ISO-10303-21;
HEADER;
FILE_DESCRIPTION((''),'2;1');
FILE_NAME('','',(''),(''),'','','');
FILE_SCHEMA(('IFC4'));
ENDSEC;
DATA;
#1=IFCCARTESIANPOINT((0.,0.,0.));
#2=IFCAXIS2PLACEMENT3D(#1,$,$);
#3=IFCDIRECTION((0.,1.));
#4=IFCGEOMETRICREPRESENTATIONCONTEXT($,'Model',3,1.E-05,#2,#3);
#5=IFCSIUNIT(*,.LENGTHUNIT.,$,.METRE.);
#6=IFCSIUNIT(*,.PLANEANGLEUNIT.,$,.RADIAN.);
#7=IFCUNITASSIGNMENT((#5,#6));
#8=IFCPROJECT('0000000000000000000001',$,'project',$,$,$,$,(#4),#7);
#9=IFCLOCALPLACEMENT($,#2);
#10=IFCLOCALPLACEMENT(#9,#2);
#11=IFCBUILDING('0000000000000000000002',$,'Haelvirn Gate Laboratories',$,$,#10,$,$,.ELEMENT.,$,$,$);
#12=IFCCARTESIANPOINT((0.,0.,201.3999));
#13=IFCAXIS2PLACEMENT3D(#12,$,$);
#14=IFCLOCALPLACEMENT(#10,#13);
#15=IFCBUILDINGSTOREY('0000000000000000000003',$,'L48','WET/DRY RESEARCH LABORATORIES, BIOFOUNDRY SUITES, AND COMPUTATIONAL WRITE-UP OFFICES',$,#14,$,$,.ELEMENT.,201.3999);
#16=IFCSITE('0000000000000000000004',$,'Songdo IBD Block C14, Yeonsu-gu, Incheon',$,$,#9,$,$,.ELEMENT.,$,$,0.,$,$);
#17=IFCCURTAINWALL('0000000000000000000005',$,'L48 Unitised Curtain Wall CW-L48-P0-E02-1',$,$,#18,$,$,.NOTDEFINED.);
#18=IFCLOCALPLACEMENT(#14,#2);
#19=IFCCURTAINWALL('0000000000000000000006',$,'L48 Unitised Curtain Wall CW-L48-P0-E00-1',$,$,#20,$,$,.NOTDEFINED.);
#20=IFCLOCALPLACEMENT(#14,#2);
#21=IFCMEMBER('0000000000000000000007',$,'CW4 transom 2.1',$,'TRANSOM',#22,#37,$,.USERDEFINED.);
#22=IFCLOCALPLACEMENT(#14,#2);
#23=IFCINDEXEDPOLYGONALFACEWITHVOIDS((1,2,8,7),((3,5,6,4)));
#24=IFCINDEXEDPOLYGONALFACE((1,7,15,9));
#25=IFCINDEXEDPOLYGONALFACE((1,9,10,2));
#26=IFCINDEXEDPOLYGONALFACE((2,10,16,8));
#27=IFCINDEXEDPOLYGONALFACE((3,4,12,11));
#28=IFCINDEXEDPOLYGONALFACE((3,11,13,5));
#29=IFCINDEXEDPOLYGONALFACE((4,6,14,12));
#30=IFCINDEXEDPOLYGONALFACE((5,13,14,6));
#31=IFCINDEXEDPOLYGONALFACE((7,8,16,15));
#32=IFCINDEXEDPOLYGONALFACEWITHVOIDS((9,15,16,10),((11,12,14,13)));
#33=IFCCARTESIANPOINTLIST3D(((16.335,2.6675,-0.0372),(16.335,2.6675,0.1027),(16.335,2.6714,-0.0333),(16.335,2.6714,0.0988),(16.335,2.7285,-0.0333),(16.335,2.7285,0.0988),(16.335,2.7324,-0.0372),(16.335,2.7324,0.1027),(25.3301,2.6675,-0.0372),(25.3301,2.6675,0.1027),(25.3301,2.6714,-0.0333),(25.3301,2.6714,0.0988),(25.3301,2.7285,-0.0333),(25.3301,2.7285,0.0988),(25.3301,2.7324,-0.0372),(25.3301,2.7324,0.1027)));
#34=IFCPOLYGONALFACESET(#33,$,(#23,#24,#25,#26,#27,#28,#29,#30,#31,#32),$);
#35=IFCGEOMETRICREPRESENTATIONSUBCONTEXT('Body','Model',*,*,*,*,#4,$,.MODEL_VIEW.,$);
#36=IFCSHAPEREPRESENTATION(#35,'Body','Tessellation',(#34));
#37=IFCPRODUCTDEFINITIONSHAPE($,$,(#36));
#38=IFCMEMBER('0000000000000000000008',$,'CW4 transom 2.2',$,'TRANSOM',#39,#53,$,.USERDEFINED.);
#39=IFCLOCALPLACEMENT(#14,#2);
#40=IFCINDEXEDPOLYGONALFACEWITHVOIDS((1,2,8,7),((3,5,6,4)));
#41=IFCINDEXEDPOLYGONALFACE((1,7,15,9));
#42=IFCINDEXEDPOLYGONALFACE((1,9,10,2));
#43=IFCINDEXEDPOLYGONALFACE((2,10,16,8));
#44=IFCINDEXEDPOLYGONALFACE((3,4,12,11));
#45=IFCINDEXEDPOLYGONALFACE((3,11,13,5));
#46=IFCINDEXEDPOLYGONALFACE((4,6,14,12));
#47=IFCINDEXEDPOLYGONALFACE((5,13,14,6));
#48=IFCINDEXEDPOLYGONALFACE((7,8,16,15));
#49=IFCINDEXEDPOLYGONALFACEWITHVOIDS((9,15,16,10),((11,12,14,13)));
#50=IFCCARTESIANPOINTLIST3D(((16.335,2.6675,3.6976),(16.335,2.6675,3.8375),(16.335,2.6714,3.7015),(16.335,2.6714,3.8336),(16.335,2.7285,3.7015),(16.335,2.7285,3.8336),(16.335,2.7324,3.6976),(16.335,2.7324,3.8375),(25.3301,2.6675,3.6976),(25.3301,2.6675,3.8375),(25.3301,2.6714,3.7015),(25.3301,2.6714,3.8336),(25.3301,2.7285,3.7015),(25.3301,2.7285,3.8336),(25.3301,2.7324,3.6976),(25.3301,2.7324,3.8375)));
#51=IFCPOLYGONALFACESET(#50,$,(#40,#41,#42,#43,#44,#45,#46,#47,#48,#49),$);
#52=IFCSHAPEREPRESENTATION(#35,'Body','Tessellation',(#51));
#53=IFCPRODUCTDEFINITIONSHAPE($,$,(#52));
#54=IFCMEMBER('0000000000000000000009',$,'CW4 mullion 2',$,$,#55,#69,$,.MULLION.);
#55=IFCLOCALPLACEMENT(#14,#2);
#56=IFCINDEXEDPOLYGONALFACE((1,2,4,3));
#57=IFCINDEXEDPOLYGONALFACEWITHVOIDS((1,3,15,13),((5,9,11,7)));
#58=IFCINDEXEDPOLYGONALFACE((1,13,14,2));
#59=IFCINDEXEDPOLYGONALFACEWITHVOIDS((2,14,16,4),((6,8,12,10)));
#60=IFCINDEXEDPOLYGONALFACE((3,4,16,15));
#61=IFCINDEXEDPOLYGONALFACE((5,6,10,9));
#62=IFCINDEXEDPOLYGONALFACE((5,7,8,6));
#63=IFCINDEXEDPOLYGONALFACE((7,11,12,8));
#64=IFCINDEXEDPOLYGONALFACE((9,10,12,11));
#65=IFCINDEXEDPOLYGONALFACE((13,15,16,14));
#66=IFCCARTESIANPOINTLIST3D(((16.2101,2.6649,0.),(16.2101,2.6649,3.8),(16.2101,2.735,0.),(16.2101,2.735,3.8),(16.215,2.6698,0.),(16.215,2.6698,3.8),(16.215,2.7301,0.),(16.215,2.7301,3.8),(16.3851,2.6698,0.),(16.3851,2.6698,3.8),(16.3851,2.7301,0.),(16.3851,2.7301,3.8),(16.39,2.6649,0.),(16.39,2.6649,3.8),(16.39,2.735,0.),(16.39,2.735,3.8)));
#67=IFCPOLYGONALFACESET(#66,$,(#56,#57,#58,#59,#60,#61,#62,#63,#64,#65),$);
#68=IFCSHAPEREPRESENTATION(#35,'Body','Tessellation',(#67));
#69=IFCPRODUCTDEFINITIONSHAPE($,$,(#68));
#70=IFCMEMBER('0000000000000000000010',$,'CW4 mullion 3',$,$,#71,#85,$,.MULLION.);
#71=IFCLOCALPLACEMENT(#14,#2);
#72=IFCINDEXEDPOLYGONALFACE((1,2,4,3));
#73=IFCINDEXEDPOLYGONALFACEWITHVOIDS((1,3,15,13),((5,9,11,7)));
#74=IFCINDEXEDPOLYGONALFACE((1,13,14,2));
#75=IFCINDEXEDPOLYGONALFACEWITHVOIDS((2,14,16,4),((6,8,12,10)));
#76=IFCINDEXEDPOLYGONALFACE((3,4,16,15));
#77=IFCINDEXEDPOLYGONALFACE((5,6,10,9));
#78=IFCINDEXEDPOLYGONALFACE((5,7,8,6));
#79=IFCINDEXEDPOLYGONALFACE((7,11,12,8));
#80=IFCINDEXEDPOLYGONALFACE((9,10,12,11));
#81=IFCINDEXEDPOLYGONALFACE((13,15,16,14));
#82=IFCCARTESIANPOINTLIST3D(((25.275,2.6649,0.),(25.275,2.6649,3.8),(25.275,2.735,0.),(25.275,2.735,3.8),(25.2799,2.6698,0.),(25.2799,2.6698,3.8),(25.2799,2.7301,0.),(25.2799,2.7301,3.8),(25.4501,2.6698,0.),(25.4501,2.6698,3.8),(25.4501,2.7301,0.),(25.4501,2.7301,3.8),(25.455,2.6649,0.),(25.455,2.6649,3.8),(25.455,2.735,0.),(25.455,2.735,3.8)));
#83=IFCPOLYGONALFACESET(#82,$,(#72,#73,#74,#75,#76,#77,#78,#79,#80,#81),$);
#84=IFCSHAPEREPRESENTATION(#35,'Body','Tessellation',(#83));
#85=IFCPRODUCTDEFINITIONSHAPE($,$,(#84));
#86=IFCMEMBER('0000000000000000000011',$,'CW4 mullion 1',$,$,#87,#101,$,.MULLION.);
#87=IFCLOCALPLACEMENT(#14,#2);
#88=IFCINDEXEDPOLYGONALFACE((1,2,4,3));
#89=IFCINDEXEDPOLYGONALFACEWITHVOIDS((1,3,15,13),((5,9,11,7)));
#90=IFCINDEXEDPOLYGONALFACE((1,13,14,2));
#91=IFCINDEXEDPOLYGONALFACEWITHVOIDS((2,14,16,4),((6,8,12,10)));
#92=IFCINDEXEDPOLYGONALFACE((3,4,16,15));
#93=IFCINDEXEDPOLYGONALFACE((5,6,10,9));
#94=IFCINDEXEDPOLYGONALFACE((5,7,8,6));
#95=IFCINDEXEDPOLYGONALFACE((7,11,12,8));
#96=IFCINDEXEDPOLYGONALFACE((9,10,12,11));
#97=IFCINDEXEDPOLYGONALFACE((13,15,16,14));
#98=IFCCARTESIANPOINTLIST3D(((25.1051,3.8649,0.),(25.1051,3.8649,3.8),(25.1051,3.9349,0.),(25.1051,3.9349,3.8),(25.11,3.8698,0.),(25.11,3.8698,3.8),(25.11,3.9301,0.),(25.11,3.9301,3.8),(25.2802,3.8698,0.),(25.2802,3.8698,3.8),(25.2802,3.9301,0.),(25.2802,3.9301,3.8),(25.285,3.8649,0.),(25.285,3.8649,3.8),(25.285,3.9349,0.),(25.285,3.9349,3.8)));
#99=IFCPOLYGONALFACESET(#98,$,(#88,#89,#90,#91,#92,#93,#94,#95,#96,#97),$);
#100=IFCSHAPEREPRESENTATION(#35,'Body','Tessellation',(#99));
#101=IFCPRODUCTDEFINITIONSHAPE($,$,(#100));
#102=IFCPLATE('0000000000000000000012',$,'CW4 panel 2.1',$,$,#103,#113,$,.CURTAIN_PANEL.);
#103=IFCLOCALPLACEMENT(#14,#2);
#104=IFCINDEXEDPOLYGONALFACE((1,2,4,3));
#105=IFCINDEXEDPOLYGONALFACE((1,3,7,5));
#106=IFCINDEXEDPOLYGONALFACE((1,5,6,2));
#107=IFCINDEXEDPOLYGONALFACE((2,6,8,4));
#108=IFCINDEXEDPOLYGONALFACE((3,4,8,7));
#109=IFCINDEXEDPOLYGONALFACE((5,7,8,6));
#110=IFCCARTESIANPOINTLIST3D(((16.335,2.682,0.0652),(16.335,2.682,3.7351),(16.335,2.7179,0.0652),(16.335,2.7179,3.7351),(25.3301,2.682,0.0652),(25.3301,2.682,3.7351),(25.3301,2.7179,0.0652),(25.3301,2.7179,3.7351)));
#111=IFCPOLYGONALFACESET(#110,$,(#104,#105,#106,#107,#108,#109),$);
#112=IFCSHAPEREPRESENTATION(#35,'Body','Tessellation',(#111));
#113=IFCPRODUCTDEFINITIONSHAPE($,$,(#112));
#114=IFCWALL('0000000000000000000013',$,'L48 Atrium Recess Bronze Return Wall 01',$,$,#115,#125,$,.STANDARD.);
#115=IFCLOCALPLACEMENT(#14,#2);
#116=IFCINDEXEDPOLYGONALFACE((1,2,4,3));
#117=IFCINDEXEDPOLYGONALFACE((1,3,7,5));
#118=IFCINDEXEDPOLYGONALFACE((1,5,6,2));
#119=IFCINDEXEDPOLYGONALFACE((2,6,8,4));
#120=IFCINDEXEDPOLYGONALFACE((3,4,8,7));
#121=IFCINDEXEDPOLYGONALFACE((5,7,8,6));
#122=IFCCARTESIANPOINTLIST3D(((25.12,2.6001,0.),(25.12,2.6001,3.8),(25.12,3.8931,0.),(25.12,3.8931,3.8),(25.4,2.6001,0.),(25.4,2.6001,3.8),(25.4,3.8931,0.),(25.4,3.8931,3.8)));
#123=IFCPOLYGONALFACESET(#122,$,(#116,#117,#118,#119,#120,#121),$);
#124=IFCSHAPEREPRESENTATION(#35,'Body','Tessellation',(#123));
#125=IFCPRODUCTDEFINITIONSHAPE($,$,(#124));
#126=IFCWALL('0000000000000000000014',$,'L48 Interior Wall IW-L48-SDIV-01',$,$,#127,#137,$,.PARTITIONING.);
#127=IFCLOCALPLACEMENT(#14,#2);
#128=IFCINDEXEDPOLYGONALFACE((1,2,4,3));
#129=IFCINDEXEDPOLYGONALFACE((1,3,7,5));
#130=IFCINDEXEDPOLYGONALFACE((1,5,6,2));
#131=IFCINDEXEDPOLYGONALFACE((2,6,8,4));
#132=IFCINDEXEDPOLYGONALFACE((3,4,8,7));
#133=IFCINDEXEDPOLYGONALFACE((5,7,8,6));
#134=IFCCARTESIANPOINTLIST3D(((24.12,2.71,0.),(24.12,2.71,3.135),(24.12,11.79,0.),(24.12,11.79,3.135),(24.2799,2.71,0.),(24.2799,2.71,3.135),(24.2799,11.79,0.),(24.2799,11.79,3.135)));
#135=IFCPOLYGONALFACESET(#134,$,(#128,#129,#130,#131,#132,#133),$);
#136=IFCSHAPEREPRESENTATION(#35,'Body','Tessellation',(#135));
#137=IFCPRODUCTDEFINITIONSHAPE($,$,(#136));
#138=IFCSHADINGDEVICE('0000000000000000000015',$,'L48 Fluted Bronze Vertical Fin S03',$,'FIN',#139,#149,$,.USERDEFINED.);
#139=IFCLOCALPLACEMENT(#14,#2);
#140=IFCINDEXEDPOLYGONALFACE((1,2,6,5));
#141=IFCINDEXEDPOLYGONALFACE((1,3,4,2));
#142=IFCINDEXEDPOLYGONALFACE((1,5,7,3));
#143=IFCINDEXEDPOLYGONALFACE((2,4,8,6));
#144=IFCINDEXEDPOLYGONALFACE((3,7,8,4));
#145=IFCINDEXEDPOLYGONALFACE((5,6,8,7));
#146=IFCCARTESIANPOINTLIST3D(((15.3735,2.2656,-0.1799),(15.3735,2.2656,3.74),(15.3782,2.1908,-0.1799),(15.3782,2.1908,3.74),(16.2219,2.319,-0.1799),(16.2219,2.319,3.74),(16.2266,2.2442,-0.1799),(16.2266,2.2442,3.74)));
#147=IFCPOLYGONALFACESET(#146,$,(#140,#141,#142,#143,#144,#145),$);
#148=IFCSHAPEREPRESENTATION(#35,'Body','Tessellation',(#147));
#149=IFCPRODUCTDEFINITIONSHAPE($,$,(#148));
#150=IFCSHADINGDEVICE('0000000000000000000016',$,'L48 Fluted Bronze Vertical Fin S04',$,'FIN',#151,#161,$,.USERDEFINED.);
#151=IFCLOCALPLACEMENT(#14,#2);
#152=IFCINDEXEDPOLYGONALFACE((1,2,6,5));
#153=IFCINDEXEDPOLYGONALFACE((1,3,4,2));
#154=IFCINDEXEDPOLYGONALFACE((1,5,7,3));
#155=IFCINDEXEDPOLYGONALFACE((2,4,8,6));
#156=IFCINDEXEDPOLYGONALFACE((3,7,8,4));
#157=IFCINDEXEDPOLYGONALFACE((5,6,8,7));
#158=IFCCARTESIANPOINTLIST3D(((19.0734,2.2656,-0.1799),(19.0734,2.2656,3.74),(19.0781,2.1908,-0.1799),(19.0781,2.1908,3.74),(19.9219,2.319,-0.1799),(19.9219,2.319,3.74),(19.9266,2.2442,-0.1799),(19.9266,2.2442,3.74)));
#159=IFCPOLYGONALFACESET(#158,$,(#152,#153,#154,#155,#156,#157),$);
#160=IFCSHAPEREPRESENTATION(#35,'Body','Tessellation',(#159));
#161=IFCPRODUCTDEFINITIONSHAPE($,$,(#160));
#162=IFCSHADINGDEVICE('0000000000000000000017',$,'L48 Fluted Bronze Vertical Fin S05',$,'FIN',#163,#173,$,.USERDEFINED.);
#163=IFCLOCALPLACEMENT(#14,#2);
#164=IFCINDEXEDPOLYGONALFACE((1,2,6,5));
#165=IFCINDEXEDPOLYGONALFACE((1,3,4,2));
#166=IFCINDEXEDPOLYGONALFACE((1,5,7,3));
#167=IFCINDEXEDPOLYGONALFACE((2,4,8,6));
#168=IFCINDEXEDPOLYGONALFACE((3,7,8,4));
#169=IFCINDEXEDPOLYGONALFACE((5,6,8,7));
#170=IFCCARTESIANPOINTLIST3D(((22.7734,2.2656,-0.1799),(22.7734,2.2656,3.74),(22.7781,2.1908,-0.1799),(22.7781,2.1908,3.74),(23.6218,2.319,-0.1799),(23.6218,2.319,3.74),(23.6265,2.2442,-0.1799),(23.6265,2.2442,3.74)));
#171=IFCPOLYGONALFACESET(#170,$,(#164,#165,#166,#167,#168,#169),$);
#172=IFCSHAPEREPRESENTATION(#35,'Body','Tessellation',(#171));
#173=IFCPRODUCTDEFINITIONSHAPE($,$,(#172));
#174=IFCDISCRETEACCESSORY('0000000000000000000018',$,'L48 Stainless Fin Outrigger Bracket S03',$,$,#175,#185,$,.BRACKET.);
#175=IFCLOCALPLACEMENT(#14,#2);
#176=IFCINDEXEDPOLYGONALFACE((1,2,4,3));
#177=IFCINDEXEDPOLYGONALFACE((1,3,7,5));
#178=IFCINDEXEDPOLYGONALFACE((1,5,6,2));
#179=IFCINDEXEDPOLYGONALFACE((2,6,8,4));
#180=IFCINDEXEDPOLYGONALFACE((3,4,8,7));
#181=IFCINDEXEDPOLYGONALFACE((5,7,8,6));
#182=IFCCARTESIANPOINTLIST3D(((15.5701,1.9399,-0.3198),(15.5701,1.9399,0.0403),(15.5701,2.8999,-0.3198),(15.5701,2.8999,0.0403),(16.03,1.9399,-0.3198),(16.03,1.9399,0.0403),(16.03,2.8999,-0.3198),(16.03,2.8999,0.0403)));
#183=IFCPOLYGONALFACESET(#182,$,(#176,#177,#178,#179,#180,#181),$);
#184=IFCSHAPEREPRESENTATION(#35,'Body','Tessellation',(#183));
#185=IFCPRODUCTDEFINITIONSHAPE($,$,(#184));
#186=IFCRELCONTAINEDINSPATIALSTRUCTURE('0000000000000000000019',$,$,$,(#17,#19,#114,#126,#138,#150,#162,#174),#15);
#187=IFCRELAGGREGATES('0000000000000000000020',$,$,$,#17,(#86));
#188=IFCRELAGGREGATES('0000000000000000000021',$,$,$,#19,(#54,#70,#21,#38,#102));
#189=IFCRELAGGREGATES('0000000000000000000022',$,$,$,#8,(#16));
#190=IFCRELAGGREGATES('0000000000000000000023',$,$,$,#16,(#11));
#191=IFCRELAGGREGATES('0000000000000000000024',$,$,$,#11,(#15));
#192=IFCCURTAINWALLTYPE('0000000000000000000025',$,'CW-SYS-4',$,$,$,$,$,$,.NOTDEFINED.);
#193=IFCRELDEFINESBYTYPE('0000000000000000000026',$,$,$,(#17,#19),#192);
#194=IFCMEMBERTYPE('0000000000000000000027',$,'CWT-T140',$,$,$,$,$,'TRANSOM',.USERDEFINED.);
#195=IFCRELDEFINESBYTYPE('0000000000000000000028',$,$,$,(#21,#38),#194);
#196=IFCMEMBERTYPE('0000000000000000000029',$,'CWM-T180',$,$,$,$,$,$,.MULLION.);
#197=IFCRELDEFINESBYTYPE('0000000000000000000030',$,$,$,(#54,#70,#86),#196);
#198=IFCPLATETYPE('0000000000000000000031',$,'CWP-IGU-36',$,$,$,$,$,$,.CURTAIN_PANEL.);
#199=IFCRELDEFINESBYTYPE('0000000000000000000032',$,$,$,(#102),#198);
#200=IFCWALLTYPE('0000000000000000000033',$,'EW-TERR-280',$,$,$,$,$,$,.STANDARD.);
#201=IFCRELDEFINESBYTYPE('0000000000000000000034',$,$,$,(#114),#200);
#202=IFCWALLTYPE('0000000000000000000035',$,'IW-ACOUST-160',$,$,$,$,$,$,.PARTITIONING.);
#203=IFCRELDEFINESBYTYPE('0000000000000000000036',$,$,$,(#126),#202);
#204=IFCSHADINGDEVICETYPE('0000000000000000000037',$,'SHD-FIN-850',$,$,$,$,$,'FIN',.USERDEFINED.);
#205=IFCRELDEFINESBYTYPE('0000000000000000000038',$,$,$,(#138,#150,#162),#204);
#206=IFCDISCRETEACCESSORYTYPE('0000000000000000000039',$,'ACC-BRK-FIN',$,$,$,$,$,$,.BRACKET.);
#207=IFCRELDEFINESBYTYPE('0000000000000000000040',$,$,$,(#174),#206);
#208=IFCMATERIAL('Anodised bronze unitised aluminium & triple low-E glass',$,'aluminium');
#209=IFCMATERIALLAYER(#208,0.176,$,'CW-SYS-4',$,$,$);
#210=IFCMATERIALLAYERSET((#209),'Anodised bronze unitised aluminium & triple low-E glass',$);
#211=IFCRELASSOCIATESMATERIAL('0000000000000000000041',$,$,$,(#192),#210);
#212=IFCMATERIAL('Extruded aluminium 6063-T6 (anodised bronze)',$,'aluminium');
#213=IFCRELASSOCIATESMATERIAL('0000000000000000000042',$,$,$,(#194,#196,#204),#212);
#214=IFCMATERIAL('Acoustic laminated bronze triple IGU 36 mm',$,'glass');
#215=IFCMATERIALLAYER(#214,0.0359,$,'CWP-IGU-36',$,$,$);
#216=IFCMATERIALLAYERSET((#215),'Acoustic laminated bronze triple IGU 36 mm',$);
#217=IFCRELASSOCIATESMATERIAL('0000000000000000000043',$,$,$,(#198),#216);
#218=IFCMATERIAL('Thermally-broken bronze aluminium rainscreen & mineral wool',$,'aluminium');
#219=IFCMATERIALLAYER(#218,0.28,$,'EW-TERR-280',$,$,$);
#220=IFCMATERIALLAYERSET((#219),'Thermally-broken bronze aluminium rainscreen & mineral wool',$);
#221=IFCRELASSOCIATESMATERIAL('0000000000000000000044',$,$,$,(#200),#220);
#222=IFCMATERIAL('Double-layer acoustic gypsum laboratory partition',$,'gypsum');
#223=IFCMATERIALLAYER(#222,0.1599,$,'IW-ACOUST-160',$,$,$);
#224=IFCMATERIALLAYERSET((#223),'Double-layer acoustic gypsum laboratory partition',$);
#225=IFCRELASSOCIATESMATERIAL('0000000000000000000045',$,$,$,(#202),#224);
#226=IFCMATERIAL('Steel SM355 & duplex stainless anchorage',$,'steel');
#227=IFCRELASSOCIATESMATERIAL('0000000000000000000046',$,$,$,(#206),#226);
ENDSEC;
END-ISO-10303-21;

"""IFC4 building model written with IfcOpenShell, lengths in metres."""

from ifc_helpers import new_model, si_unit, direction, frame, frame_2d, origin, origin_2d, place, context, subcontext, project, spatial, rectangle, hollow_rectangle, extrude, source, transform, mapped, material, layer, layer_set, material_profile, profile_set, type_object, type_shapes, element, aggregate, save


model = new_model("IFC4")

# Units and contexts
model_context = context("Model", 3, precision=1e-05, world=origin(), true_north=direction((0.0, 1.0)))
body_context = subcontext(model_context, "Body", "Model", "MODEL_VIEW")
ifc_project = project(units=[si_unit("LENGTHUNIT", "METRE"), si_unit("PLANEANGLEUNIT", "RADIAN")], contexts=[model_context])

# Site, building, storey
site_placement = place(None, origin())
site = spatial("IfcSite", under=ifc_project, at=site_placement, Name="Songdo IBD Block C14, Yeonsu-gu, Incheon", CompositionType="ELEMENT", RefElevation=0.0)
building_placement = place(site_placement, origin())
building = spatial("IfcBuilding", under=site, at=building_placement, Name="Haelvirn Gate Laboratories", CompositionType="ELEMENT")
storey_placement = place(building_placement, frame((0.0, 0.0, 201.3999)))
storey = spatial("IfcBuildingStorey", under=building, at=storey_placement, Name="L48", Description="WET/DRY RESEARCH LABORATORIES, BIOFOUNDRY SUITES, AND COMPUTATIONAL WRITE-UP OFFICES", CompositionType="ELEMENT", Elevation=201.3999)

# Curtain walls, members
ifc_material_1 = material(Name="Anodised bronze unitised aluminium & triple low-E glass", Category="aluminium")
ifc_layer_1 = layer(ifc_material_1, 0.176, Name="CW-SYS-4")
ifc_layer_set_1 = layer_set([ifc_layer_1], Name="Anodised bronze unitised aluminium & triple low-E glass")
curtain_wall_type = type_object("IfcCurtainWallType", Name="CW-SYS-4", PredefinedType="NOTDEFINED", material=ifc_layer_set_1)
curtain_wall_1_placement = place(storey_placement, origin())
curtain_wall_1 = element("IfcCurtainWall", 1, at=curtain_wall_1_placement, inside=storey, type_object=curtain_wall_type, Name="L48 Unitised Curtain Wall CW-L48-P0-E02-1", PredefinedType="NOTDEFINED")
ifc_material_2 = material(Name="Extruded aluminium 6063-T6 (anodised bronze)", Category="aluminium")
ifc_material_profile_1 = material_profile(ifc_material_2, hollow_rectangle(XDim=0.0649, YDim=0.1399, WallThickness=0.0039, at=origin_2d()), Name="CWT-140x65x4")
ifc_profile_set_1 = profile_set([ifc_material_profile_1], Name="Extruded aluminium 6063-T6 (anodised bronze)")
member_type_1 = type_object("IfcMemberType", Name="CWT-T140", ElementType="TRANSOM", PredefinedType="USERDEFINED", material=ifc_profile_set_1)
curtain_wall_2_placement = place(storey_placement, origin())
curtain_wall_2 = element("IfcCurtainWall", 2, at=curtain_wall_2_placement, inside=storey, type_object=curtain_wall_type, Name="L48 Unitised Curtain Wall CW-L48-P0-E00-1", PredefinedType="NOTDEFINED")
shared_shape_1 = source(origin(), body_context, "Body", "SweptSolid", [
    extrude(hollow_rectangle(XDim=0.0649, YDim=0.1399, WallThickness=0.0039, at=origin_2d()), origin(), (0.0, 0.0, 1.0), 8.9951),
])
member_1_placement = place(storey_placement, frame((16.335, 2.7, 0.0327), z_axis=(1.0, 0.0, 0.0), x_axis=(0.0, 1.0, 0.0)))
member_1 = element("IfcMember", 3, at=member_1_placement, type_object=member_type_1, Name="CW4 transom 2.1", ObjectType="TRANSOM", PredefinedType="USERDEFINED", context=body_context, shape_type="MappedRepresentation", body=[
    mapped(shared_shape_1, transform((0.0, 0.0, 0.0), scale=1.0)),
])
member_2_placement = place(storey_placement, frame((16.335, 2.7, 3.7676), z_axis=(1.0, 0.0, 0.0), x_axis=(0.0, 1.0, 0.0)))
member_2 = element("IfcMember", 4, at=member_2_placement, type_object=member_type_1, Name="CW4 transom 2.2", ObjectType="TRANSOM", PredefinedType="USERDEFINED", context=body_context, shape_type="MappedRepresentation", body=[
    mapped(shared_shape_1, transform((0.0, 0.0, 0.0), scale=1.0)),
])
ifc_material_profile_2 = material_profile(ifc_material_2, hollow_rectangle(XDim=0.0701, YDim=0.1799, WallThickness=0.0049, at=origin_2d()), Name="CWM-180x70x5")
ifc_profile_set_2 = profile_set([ifc_material_profile_2], Name="Extruded aluminium 6063-T6 (anodised bronze)")
member_type_2 = type_object("IfcMemberType", Name="CWM-T180", PredefinedType="MULLION", material=ifc_profile_set_2)
shared_shape_2 = source(origin(), body_context, "Body", "SweptSolid", [
    extrude(hollow_rectangle(XDim=0.0701, YDim=0.1799, WallThickness=0.0049, at=origin_2d()), origin(), (0.0, 0.0, 1.0), 3.8),
])
type_shapes(member_type_2, [shared_shape_2])
member_3_placement = place(storey_placement, frame((16.3, 2.7, 0.0), z_axis=(0.0, 0.0, 1.0), x_axis=(0.0, 1.0, 0.0)))
member_3 = element("IfcMember", 5, at=member_3_placement, type_object=member_type_2, Name="CW4 mullion 2", PredefinedType="MULLION", context=body_context, shape_type="MappedRepresentation", body=[
    mapped(shared_shape_2, transform((0.0, 0.0, 0.0), scale=1.0)),
])
member_4_placement = place(storey_placement, frame((25.365, 2.7, 0.0), z_axis=(0.0, 0.0, 1.0), x_axis=(0.0, 1.0, 0.0)))
member_4 = element("IfcMember", 6, at=member_4_placement, type_object=member_type_2, Name="CW4 mullion 3", PredefinedType="MULLION", context=body_context, shape_type="MappedRepresentation", body=[
    mapped(shared_shape_2, transform((0.0, 0.0, 0.0), scale=1.0)),
])

# Member
member_5_placement = place(storey_placement, frame((25.1951, 3.8999, 0.0), z_axis=(0.0, 0.0, 1.0), x_axis=(0.0, 1.0, 0.0)))
member_5 = element("IfcMember", 7, at=member_5_placement, type_object=member_type_2, Name="CW4 mullion 1", PredefinedType="MULLION", context=body_context, shape_type="MappedRepresentation", body=[
    mapped(shared_shape_2, transform((0.0, 0.0, 0.0), scale=1.0)),
])
aggregate(curtain_wall_1, [member_5])

# Plate
ifc_material_3 = material(Name="Acoustic laminated bronze triple IGU 36 mm", Category="glass")
ifc_layer_2 = layer(ifc_material_3, 0.0359, Name="CWP-IGU-36")
ifc_layer_set_2 = layer_set([ifc_layer_2], Name="Acoustic laminated bronze triple IGU 36 mm")
plate_type = type_object("IfcPlateType", Name="CWP-IGU-36", PredefinedType="CURTAIN_PANEL", material=ifc_layer_set_2)
shared_shape_3 = source(origin(), body_context, "Body", "SweptSolid", [
    extrude(rectangle(XDim=8.9951, YDim=0.0359, at=origin_2d()), origin(), (0.0, 0.0, 1.0), 3.6699),
])
type_shapes(plate_type, [shared_shape_3])
plate_placement = place(storey_placement, frame((20.8325, 2.7, 0.0652), z_axis=(0.0, 0.0, 1.0), x_axis=(1.0, 0.0, 0.0)))
plate = element("IfcPlate", 8, at=plate_placement, type_object=plate_type, Name="CW4 panel 2.1", PredefinedType="CURTAIN_PANEL", context=body_context, shape_type="MappedRepresentation", body=[
    mapped(shared_shape_3, transform((0.0, 0.0, 0.0), scale=1.0)),
])
aggregate(curtain_wall_2, [member_3, member_4, member_1, member_2, plate])

# Walls
ifc_material_4 = material(Name="Thermally-broken bronze aluminium rainscreen & mineral wool", Category="aluminium")
ifc_layer_3 = layer(ifc_material_4, 0.28, Name="EW-TERR-280")
ifc_layer_set_3 = layer_set([ifc_layer_3], Name="Thermally-broken bronze aluminium rainscreen & mineral wool")
wall_type_1 = type_object("IfcWallType", Name="EW-TERR-280", PredefinedType="STANDARD", material=ifc_layer_set_3)
wall_1_placement = place(storey_placement, frame((25.26, 2.6001, 0.0), z_axis=(0.0, 0.0, 1.0), x_axis=(0.0, 1.0, 0.0)))
element("IfcWall", 9, at=wall_1_placement, inside=storey, type_object=wall_type_1, Name="L48 Atrium Recess Bronze Return Wall 01", PredefinedType="STANDARD", context=body_context, shape_type="SweptSolid", body=[
    extrude(rectangle(XDim=1.293, YDim=0.28, at=frame_2d((0.6465, 0.0))), origin(), (0.0, 0.0, 1.0), 3.8),
])
ifc_material_5 = material(Name="Double-layer acoustic gypsum laboratory partition", Category="gypsum")
ifc_layer_4 = layer(ifc_material_5, 0.1599, Name="IW-ACOUST-160")
ifc_layer_set_4 = layer_set([ifc_layer_4], Name="Double-layer acoustic gypsum laboratory partition")
wall_type_2 = type_object("IfcWallType", Name="IW-ACOUST-160", PredefinedType="PARTITIONING", material=ifc_layer_set_4)
wall_2_placement = place(storey_placement, frame((24.2, 2.71, 0.0), z_axis=(0.0, 0.0, 1.0), x_axis=(0.0, 1.0, 0.0)))
element("IfcWall", 10, at=wall_2_placement, inside=storey, type_object=wall_type_2, Name="L48 Interior Wall IW-L48-SDIV-01", PredefinedType="PARTITIONING", context=body_context, shape_type="SweptSolid", body=[
    extrude(rectangle(XDim=9.0801, YDim=0.1599, at=frame_2d((4.54, 0.0))), origin(), (0.0, 0.0, 1.0), 3.135),
])

# Shading devices
ifc_material_profile_3 = material_profile(ifc_material_2, rectangle(XDim=0.075, YDim=0.8501, at=origin_2d()), Name="FIN-850x75")
ifc_profile_set_3 = profile_set([ifc_material_profile_3], Name="Extruded aluminium 6063-T6 (anodised bronze)")
shading_device_type = type_object("IfcShadingDeviceType", Name="SHD-FIN-850", ElementType="FIN", PredefinedType="USERDEFINED", material=ifc_profile_set_3)
shared_shape_4 = source(origin(), body_context, "Body", "SweptSolid", [
    extrude(rectangle(XDim=0.075, YDim=0.8501, at=origin_2d()), origin(), (0.0, 0.0, 1.0), 3.9199),
])
type_shapes(shading_device_type, [shared_shape_4])
for number, where, z_axis, x_axis, name in (
    (11, (15.8, 2.2549, -0.1799), (0.0, 0.0, 1.0), (-0.062791, 0.998027, 0.0), "L48 Fluted Bronze Vertical Fin S03"),
    (12, (19.5, 2.2549, -0.1799), (0.0, 0.0, 1.0), (-0.062791, 0.998027, 0.0), "L48 Fluted Bronze Vertical Fin S04"),
    (13, (23.2, 2.2549, -0.1799), (0.0, 0.0, 1.0), (-0.062791, 0.998027, 0.0), "L48 Fluted Bronze Vertical Fin S05"),
):
    element("IfcShadingDevice", number, at=place(storey_placement, frame(where, z_axis=z_axis, x_axis=x_axis)), inside=storey, type_object=shading_device_type, Name=name, ObjectType="FIN", PredefinedType="USERDEFINED", context=body_context, shape_type="MappedRepresentation", body=[
        mapped(shared_shape_4, transform((0.0, 0.0, 0.0), scale=1.0)),
    ])

# Discrete accessory
ifc_material_6 = material(Name="Steel SM355 & duplex stainless anchorage", Category="steel")
discrete_accessory_type = type_object("IfcDiscreteAccessoryType", Name="ACC-BRK-FIN", PredefinedType="BRACKET", material=ifc_material_6)
shared_shape_5 = source(origin(), body_context, "Body", "SweptSolid", [
    extrude(rectangle(XDim=0.46, YDim=0.96, at=origin_2d()), origin(), (0.0, 0.0, 1.0), 0.3601),
])
type_shapes(discrete_accessory_type, [shared_shape_5])
for number, where, z_axis, x_axis, name in (
    (14, (15.8, 2.4199, -0.3198), (0.0, 0.0, 1.0), (1.0, 0.0, 0.0), "L48 Stainless Fin Outrigger Bracket S03"),
):
    element("IfcDiscreteAccessory", number, at=place(storey_placement, frame(where, z_axis=z_axis, x_axis=x_axis)), inside=storey, type_object=discrete_accessory_type, Name=name, PredefinedType="BRACKET", context=body_context, shape_type="MappedRepresentation", body=[
        mapped(shared_shape_5, transform((0.0, 0.0, 0.0), scale=1.0)),
    ])

save(model, "model.ifc")
